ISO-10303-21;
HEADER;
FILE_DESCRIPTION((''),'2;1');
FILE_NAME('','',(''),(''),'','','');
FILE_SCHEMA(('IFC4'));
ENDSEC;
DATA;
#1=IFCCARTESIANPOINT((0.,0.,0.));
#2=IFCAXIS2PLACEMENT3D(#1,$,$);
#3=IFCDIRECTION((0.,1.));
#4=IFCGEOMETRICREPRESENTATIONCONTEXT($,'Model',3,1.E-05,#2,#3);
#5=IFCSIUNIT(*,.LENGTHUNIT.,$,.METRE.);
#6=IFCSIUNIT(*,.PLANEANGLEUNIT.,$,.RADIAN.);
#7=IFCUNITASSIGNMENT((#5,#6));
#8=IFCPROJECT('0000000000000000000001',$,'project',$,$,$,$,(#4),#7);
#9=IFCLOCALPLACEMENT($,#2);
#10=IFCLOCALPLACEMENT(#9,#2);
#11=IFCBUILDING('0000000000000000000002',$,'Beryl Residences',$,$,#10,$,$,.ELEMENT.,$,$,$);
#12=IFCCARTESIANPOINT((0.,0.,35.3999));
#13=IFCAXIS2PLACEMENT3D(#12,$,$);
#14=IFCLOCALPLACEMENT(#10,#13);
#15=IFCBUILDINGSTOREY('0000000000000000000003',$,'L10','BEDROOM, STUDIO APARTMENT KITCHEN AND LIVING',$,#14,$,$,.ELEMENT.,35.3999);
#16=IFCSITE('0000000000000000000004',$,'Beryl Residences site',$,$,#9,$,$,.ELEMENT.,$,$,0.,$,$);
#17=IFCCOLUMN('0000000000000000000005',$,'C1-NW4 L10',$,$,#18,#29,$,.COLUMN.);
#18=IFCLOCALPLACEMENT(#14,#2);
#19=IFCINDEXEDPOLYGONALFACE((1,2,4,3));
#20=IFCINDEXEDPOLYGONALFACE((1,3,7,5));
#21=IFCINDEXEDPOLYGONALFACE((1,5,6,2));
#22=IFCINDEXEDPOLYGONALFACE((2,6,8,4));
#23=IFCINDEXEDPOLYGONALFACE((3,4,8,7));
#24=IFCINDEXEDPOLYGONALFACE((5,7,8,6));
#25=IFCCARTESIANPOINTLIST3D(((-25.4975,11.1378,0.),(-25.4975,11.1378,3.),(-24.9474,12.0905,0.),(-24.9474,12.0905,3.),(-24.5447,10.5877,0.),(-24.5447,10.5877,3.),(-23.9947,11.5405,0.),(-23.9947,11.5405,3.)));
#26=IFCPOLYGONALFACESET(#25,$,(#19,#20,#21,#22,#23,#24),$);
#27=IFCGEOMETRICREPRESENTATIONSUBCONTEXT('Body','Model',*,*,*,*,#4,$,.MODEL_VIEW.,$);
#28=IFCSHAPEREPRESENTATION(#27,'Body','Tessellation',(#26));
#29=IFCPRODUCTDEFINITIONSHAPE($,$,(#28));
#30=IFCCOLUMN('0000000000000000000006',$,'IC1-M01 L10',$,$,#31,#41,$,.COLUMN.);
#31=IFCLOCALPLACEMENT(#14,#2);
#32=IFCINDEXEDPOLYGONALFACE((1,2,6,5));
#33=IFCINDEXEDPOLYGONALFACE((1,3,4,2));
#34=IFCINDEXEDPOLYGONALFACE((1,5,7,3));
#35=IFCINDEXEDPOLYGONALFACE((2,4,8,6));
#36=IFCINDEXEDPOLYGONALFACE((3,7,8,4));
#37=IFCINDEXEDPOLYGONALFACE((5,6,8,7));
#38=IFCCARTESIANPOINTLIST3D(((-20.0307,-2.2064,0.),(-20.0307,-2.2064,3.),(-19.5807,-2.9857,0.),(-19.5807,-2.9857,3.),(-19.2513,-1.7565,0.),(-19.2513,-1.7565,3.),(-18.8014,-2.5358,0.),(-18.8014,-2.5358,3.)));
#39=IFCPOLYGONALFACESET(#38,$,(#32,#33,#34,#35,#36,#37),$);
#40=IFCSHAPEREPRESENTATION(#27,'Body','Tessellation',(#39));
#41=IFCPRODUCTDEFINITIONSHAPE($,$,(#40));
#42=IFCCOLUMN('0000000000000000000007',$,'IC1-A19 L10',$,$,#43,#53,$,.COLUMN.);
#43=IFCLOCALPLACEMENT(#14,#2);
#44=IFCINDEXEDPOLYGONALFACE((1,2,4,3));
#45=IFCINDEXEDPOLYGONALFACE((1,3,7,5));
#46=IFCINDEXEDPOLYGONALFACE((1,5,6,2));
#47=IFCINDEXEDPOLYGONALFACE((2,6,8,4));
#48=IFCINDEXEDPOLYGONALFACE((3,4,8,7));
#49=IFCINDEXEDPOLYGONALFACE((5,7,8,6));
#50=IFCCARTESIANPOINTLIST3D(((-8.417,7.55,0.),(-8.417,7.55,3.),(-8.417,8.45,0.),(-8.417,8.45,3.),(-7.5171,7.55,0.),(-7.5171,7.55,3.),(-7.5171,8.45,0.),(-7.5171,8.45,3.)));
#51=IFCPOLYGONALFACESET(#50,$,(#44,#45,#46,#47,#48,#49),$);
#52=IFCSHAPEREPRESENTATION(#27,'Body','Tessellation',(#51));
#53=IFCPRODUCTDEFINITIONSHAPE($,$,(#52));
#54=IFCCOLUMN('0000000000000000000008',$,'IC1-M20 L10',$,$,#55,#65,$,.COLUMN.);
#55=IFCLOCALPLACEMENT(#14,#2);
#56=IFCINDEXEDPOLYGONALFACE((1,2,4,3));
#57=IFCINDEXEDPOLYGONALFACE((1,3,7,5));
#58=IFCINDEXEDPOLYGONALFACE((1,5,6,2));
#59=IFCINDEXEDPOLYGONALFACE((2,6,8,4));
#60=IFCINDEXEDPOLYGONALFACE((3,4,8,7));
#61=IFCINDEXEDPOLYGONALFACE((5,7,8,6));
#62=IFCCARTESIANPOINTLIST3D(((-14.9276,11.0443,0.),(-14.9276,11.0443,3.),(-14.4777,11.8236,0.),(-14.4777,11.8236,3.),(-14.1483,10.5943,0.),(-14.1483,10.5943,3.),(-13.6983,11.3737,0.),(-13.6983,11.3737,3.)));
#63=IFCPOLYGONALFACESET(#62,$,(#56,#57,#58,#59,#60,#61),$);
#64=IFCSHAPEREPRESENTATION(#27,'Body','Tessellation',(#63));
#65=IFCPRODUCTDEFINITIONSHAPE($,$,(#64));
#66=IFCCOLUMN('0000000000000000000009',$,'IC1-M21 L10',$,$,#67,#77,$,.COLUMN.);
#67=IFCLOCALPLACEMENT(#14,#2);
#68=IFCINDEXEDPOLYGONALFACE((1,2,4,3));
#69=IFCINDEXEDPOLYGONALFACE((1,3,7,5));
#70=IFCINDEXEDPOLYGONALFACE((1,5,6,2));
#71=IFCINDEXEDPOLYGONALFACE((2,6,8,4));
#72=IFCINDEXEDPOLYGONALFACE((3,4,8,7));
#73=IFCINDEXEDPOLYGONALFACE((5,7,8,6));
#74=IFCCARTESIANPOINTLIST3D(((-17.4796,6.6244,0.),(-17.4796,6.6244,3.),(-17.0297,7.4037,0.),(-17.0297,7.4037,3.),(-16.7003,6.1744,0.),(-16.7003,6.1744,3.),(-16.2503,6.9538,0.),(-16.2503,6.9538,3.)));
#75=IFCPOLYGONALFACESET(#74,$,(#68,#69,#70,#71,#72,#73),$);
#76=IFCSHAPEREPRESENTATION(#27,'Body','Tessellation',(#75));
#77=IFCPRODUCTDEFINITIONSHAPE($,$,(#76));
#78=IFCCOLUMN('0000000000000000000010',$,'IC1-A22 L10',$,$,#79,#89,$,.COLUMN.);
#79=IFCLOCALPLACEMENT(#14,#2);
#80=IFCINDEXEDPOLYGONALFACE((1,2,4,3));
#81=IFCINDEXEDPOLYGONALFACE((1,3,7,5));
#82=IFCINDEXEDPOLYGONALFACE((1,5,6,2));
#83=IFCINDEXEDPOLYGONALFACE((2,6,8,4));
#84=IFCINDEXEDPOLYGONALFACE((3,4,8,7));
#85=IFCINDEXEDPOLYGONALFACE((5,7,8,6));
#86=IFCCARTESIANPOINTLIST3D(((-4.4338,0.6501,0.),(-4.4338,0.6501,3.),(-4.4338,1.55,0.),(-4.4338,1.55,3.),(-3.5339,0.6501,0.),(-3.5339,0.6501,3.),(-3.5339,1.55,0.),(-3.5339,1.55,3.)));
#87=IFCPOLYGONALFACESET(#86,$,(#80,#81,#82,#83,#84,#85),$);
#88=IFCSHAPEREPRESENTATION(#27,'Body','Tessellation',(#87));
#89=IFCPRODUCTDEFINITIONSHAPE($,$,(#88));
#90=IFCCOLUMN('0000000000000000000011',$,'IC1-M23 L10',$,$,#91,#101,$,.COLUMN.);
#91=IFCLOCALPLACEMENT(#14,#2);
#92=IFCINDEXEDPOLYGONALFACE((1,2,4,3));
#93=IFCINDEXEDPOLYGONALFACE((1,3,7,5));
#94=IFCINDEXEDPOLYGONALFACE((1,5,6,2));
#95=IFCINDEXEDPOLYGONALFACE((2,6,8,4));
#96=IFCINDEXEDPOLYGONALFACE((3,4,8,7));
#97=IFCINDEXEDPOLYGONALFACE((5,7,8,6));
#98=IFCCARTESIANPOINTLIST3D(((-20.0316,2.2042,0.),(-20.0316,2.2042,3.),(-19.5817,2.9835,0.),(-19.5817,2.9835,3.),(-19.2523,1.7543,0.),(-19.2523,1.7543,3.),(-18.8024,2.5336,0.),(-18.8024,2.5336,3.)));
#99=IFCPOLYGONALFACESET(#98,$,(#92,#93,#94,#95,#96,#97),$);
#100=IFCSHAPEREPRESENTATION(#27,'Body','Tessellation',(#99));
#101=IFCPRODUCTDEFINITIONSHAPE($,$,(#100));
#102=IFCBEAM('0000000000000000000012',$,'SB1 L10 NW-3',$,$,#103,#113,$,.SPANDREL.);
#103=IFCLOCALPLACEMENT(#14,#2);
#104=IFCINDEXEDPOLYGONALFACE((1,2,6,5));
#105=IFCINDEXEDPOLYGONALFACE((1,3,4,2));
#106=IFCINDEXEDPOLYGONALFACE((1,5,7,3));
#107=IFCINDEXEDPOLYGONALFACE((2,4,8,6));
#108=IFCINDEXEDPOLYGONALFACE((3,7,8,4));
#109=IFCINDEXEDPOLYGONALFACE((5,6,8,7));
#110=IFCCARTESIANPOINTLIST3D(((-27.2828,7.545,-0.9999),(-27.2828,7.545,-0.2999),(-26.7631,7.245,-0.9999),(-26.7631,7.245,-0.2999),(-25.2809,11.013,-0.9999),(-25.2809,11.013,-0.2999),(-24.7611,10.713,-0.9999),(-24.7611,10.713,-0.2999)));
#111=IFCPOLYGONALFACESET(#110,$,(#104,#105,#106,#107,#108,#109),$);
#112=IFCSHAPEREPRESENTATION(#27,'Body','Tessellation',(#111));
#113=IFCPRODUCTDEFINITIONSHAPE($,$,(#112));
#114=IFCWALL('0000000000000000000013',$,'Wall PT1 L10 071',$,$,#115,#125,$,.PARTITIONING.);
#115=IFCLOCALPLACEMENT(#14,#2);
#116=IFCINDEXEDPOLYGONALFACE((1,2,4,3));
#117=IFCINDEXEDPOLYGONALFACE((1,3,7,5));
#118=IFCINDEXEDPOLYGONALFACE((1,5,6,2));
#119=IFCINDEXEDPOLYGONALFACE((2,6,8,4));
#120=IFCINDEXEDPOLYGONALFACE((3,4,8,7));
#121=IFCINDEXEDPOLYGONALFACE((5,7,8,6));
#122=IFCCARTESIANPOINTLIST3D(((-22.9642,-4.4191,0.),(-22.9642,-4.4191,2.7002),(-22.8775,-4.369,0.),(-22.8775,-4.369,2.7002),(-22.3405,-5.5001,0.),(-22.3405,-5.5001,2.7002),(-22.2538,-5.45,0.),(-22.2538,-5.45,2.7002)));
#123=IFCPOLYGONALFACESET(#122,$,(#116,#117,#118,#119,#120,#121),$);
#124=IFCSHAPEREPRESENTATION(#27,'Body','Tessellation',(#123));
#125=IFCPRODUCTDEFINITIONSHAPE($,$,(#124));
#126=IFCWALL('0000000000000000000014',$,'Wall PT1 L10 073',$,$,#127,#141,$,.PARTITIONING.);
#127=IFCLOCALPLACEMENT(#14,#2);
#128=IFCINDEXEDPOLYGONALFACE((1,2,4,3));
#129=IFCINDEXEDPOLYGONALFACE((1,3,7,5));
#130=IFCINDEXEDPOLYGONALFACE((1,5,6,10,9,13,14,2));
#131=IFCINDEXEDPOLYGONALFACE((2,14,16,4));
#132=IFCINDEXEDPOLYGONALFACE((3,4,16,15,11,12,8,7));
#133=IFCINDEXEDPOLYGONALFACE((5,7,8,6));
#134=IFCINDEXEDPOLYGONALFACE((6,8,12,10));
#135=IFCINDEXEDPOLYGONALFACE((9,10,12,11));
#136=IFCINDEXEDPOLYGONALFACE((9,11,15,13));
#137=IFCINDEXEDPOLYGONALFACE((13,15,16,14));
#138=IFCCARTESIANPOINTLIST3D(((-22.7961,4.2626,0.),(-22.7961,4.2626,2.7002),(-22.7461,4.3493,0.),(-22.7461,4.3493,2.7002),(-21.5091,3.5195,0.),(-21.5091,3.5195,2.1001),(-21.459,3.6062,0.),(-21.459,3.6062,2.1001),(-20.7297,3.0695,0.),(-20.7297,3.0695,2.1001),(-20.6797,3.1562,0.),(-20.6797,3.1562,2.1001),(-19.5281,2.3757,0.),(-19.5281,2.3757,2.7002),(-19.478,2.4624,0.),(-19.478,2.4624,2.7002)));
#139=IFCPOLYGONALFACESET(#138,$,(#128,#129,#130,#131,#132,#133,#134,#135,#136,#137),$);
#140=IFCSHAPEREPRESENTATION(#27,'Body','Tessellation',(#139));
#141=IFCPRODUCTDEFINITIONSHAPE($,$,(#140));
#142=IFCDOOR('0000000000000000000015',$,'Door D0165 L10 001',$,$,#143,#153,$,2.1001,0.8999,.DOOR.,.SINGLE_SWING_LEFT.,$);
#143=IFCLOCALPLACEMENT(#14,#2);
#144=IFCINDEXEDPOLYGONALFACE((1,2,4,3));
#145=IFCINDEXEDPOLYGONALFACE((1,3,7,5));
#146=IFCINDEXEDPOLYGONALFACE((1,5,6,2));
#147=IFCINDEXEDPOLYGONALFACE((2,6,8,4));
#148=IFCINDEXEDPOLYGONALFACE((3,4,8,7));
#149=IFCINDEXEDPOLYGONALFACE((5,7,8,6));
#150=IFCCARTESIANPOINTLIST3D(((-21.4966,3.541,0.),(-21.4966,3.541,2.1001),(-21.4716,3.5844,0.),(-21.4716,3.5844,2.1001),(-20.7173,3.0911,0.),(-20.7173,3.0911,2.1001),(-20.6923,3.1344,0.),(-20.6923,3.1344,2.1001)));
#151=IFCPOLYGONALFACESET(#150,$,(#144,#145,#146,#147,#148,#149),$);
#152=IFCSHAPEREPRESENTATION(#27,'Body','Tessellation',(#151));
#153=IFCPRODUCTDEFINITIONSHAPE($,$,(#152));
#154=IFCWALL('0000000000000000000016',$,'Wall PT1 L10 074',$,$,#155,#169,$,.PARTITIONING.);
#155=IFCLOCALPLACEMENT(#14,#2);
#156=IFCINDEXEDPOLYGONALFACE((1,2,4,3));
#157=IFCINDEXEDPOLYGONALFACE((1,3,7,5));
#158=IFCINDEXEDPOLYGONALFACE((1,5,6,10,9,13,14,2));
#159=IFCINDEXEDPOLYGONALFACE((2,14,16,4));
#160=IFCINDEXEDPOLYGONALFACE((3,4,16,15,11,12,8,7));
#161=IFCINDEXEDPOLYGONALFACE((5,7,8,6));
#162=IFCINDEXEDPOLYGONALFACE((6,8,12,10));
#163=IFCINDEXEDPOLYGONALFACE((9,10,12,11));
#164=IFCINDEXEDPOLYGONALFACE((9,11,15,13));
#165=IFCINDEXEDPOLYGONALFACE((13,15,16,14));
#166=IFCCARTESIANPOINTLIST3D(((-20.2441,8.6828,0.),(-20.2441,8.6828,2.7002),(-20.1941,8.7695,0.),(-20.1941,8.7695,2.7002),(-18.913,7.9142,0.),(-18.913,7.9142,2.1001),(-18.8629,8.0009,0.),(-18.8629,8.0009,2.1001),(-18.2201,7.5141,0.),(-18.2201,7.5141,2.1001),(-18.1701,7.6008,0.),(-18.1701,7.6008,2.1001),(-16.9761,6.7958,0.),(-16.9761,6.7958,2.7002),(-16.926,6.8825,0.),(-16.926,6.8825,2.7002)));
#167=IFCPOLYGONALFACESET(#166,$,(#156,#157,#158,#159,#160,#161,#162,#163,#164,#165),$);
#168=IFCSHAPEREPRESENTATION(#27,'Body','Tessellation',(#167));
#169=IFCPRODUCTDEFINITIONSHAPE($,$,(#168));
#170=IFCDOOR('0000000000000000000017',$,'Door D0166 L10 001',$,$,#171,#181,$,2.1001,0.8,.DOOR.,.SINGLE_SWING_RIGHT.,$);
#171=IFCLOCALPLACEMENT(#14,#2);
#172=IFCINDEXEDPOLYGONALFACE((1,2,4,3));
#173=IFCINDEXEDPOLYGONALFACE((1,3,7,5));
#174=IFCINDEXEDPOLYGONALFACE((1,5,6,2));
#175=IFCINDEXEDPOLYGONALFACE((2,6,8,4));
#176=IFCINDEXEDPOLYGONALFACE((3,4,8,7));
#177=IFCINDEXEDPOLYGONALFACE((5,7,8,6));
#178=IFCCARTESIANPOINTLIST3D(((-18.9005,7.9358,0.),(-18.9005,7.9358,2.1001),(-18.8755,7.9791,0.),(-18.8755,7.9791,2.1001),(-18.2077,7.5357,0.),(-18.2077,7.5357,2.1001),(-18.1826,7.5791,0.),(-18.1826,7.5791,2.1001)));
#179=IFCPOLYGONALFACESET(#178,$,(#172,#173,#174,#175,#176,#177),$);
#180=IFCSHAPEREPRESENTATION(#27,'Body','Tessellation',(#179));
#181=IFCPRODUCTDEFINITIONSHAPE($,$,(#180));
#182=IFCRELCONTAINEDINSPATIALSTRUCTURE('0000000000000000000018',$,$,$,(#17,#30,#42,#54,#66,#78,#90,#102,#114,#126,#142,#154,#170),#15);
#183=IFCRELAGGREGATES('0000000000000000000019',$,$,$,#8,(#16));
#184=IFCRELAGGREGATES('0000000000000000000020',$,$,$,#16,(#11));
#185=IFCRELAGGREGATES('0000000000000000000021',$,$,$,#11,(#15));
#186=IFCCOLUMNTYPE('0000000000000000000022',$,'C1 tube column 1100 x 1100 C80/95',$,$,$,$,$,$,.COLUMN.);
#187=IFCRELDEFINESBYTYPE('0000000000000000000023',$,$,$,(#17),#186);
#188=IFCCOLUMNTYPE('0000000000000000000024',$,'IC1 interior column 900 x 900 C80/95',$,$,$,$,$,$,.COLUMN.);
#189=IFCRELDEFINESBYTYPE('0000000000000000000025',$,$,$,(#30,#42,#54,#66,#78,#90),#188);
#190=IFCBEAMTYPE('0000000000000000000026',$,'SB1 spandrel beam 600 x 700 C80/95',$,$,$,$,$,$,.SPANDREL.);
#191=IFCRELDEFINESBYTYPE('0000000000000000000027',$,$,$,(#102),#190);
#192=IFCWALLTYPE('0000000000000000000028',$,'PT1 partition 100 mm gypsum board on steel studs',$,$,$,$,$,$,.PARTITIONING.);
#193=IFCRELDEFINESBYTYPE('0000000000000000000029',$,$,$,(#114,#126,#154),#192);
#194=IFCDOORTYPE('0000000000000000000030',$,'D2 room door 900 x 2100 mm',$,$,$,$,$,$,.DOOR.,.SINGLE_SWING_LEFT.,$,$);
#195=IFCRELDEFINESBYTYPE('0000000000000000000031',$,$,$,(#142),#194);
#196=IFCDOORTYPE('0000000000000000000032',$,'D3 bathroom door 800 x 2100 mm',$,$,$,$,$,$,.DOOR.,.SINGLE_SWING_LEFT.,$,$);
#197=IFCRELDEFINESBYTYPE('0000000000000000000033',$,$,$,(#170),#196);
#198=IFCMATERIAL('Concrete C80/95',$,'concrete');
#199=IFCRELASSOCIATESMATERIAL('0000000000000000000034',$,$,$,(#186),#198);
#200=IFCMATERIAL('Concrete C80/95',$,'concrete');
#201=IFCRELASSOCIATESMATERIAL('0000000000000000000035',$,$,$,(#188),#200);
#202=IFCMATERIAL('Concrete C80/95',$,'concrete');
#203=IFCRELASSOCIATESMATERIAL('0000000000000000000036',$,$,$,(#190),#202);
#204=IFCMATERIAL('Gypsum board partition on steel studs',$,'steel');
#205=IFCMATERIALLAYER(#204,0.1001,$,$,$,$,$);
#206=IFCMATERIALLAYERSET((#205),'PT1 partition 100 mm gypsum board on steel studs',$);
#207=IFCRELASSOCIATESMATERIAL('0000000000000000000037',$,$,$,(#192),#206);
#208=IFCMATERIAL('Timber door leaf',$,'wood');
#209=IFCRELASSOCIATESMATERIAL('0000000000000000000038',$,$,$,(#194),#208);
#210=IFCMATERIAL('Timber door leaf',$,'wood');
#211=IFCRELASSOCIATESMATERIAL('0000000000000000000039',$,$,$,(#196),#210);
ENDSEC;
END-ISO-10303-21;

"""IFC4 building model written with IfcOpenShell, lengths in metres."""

from ifc_helpers import new_model, si_unit, direction, frame, frame_2d, origin, origin_2d, place, context, subcontext, project, spatial, rectangle, extrude, material, layer, layer_set, material_profile, profile_set, type_object, element, fill, save


model = new_model("IFC4")

# Units and contexts
model_context = context("Model", 3, precision=1e-05, world=origin(), true_north=direction((0.0, 1.0)))
body_context = subcontext(model_context, "Body", "Model", "MODEL_VIEW")
ifc_project = project(units=[si_unit("LENGTHUNIT", "METRE"), si_unit("PLANEANGLEUNIT", "RADIAN")], contexts=[model_context])

# Site, building, storey
site_placement = place(None, origin())
site = spatial("IfcSite", under=ifc_project, at=site_placement, Name="Beryl Residences site", CompositionType="ELEMENT", RefElevation=0.0)
building_placement = place(site_placement, origin())
building = spatial("IfcBuilding", under=site, at=building_placement, Name="Beryl Residences", CompositionType="ELEMENT")
storey_placement = place(building_placement, frame((0.0, 0.0, 35.3999)))
storey = spatial("IfcBuildingStorey", under=building, at=storey_placement, Name="L10", Description="BEDROOM, STUDIO APARTMENT KITCHEN AND LIVING", CompositionType="ELEMENT", Elevation=35.3999)

# Columns
ifc_material_1 = material(Name="Concrete C80/95", Category="concrete")
ifc_material_profile_1 = material_profile(ifc_material_1, rectangle(XDim=1.1001, YDim=1.1001, at=origin_2d()))
ifc_profile_set_1 = profile_set([ifc_material_profile_1], Name="Concrete C80/95")
column_type_1 = type_object("IfcColumnType", Name="C1 tube column 1100 x 1100 C80/95", PredefinedType="COLUMN", material=ifc_profile_set_1)
column_placement = place(storey_placement, frame((-24.7461, 11.3391, 0.0), z_axis=(0.0, 0.0, 1.0), x_axis=(-0.499985, -0.866034, 0.0)))
element("IfcColumn", 1, at=column_placement, inside=storey, type_object=column_type_1, Name="C1-NW4 L10", PredefinedType="COLUMN", context=body_context, shape_type="SweptSolid", body=[
    extrude(rectangle(XDim=1.1001, YDim=1.1001, at=origin_2d()), origin(), (0.0, 0.0, 1.0), 3.0),
])
ifc_material_2 = material(Name="Concrete C80/95", Category="concrete")
ifc_material_profile_2 = material_profile(ifc_material_2, rectangle(XDim=0.8999, YDim=0.8999, at=origin_2d()))
ifc_profile_set_2 = profile_set([ifc_material_profile_2], Name="Concrete C80/95")
column_type_2 = type_object("IfcColumnType", Name="IC1 interior column 900 x 900 C80/95", PredefinedType="COLUMN", material=ifc_profile_set_2)
for number, where, z_axis, x_axis, name in (
    (2, (-19.416, -2.3711, 0.0), (0.0, 0.0, 1.0), (0.499985, -0.866034, 0.0), "IC1-M01 L10"),
    (3, (-7.967, 8.0, 0.0), (0.0, 0.0, 1.0), (1.0, 0.0, 0.0), "IC1-A19 L10"),
    (4, (-14.313, 11.209, 0.0), (0.0, 0.0, 1.0), (-0.499985, -0.866034, 0.0), "IC1-M20 L10"),
    (5, (-16.865, 6.7891, 0.0), (0.0, 0.0, 1.0), (-0.499985, -0.866034, 0.0), "IC1-M21 L10"),
    (6, (-3.9839, 1.1001, 0.0), (0.0, 0.0, 1.0), (1.0, 0.0, 0.0), "IC1-A22 L10"),
    (7, (-19.417, 2.3689, 0.0), (0.0, 0.0, 1.0), (-0.499985, -0.866034, 0.0), "IC1-M23 L10"),
):
    element("IfcColumn", number, at=place(storey_placement, frame(where, z_axis=z_axis, x_axis=x_axis)), inside=storey, type_object=column_type_2, Name=name, PredefinedType="COLUMN", context=body_context, shape_type="SweptSolid", body=[
        extrude(rectangle(XDim=0.8999, YDim=0.8999, at=origin_2d()), origin(), (0.0, 0.0, 1.0), 3.0),
    ])

# Beam
ifc_material_3 = material(Name="Concrete C80/95", Category="concrete")
ifc_material_profile_3 = material_profile(ifc_material_3, rectangle(XDim=0.6001, YDim=0.7, at=origin_2d()))
ifc_profile_set_3 = profile_set([ifc_material_profile_3], Name="Concrete C80/95")
beam_type = type_object("IfcBeamType", Name="SB1 spandrel beam 600 x 700 C80/95", PredefinedType="SPANDREL", material=ifc_profile_set_3)
beam_placement = place(storey_placement, frame((-25.021, 10.863, -0.6499), z_axis=(-0.499942, -0.866059, 0.0), x_axis=(0.866059, -0.499942, 0.0)))
element("IfcBeam", 8, at=beam_placement, inside=storey, type_object=beam_type, Name="SB1 L10 NW-3", PredefinedType="SPANDREL", context=body_context, shape_type="SweptSolid", body=[
    extrude(rectangle(XDim=0.6001, YDim=0.7, at=origin_2d()), origin(), (0.0, 0.0, 1.0), 4.0044),
])

# Wall
ifc_material_4 = material(Name="Gypsum board partition on steel studs", Category="steel")
ifc_layer_1 = layer(ifc_material_4, 0.1001)
ifc_layer_set_1 = layer_set([ifc_layer_1], Name="PT1 partition 100 mm gypsum board on steel studs")
wall_type_1 = type_object("IfcWallType", Name="PT1 partition 100 mm gypsum board on steel studs", PredefinedType="PARTITIONING", material=ifc_layer_set_1)
wall_1_placement = place(storey_placement, frame((-22.9209, -4.394, 0.0), z_axis=(0.0, 0.0, 1.0), x_axis=(0.499779, -0.866153, 0.0)))
element("IfcWall", 9, at=wall_1_placement, inside=storey, type_object=wall_type_1, Name="Wall PT1 L10 071", PredefinedType="PARTITIONING", context=body_context, shape_type="SweptSolid", body=[
    extrude(rectangle(XDim=1.248, YDim=0.1001, at=frame_2d((0.624, 0.0))), origin(), (0.0, 0.0, 1.0), 2.7002),
])

# Walls, openings, doors
wall_2_placement = place(storey_placement, frame((-22.771, 4.3059, 0.0), z_axis=(0.0, 0.0, 1.0), x_axis=(0.866009, -0.500029, 0.0)))
wall_2 = element("IfcWall", 10, at=wall_2_placement, inside=storey, type_object=wall_type_1, Name="Wall PT1 L10 073", PredefinedType="PARTITIONING", context=body_context, shape_type="SweptSolid", body=[
    extrude(rectangle(XDim=3.7737, YDim=0.1001, at=frame_2d((1.8867, 0.0))), origin(), (0.0, 0.0, 1.0), 2.7002),
])
opening_1_placement = place(wall_2_placement, frame((1.4861, 0.0, 0.0)))
opening_1 = element("IfcOpeningElement", 11, at=opening_1_placement, cuts=wall_2, PredefinedType="OPENING", context=body_context, shape_type="SweptSolid", body=[
    extrude(rectangle(XDim=0.8999, YDim=2.1001, at=frame_2d((0.45, 1.05))), frame((0.0, 0.0601, 0.0), z_axis=(0.0, -1.0, 0.0), x_axis=(1.0, 0.0, 0.0)), (0.0, 0.0, 1.0), 0.1201),
])
ifc_material_5 = material(Name="Timber door leaf", Category="wood")
door_type_1 = type_object("IfcDoorType", Name="D2 room door 900 x 2100 mm", OperationType="SINGLE_SWING_LEFT", PredefinedType="DOOR", material=ifc_material_5)
door_1_placement = place(opening_1_placement, origin())
door_1 = element("IfcDoor", 12, at=door_1_placement, inside=storey, type_object=door_type_1, Name="Door D0165 L10 001", OperationType="SINGLE_SWING_LEFT", OverallHeight=2.1001, OverallWidth=0.8999, PredefinedType="DOOR", context=body_context, shape_type="SweptSolid", body=[
    extrude(rectangle(XDim=0.8999, YDim=2.1001, at=frame_2d((0.45, 1.05))), frame((0.0, 0.0249, 0.0), z_axis=(0.0, -1.0, 0.0), x_axis=(1.0, 0.0, 0.0)), (0.0, 0.0, 1.0), 0.05),
])
fill(opening_1, door_1)
wall_3_placement = place(storey_placement, frame((-20.219, 8.7261, 0.0), z_axis=(0.0, 0.0, 1.0), x_axis=(0.866009, -0.500029, 0.0)))
wall_3 = element("IfcWall", 13, at=wall_3_placement, inside=storey, type_object=wall_type_1, Name="Wall PT1 L10 074", PredefinedType="PARTITIONING", context=body_context, shape_type="SweptSolid", body=[
    extrude(rectangle(XDim=3.7737, YDim=0.1001, at=frame_2d((1.8867, 0.0))), origin(), (0.0, 0.0, 1.0), 2.7002),
])
opening_2_placement = place(wall_3_placement, frame((1.5371, 0.0, 0.0)))
opening_2 = element("IfcOpeningElement", 14, at=opening_2_placement, cuts=wall_3, PredefinedType="OPENING", context=body_context, shape_type="SweptSolid", body=[
    extrude(rectangle(XDim=0.8, YDim=2.1001, at=frame_2d((0.3999, 1.05))), frame((0.0, 0.0601, 0.0), z_axis=(0.0, -1.0, 0.0), x_axis=(1.0, 0.0, 0.0)), (0.0, 0.0, 1.0), 0.1201),
])
ifc_material_6 = material(Name="Timber door leaf", Category="wood")
door_type_2 = type_object("IfcDoorType", Name="D3 bathroom door 800 x 2100 mm", OperationType="SINGLE_SWING_LEFT", PredefinedType="DOOR", material=ifc_material_6)
door_2_placement = place(opening_2_placement, origin())
door_2 = element("IfcDoor", 15, at=door_2_placement, inside=storey, type_object=door_type_2, Name="Door D0166 L10 001", OperationType="SINGLE_SWING_RIGHT", OverallHeight=2.1001, OverallWidth=0.8, PredefinedType="DOOR", context=body_context, shape_type="SweptSolid", body=[
    extrude(rectangle(XDim=0.8, YDim=2.1001, at=frame_2d((0.3999, 1.05))), frame((0.0, 0.0249, 0.0), z_axis=(0.0, -1.0, 0.0), x_axis=(1.0, 0.0, 0.0)), (0.0, 0.0, 1.0), 0.05),
])
fill(opening_2, door_2)

save(model, "model.ifc")
